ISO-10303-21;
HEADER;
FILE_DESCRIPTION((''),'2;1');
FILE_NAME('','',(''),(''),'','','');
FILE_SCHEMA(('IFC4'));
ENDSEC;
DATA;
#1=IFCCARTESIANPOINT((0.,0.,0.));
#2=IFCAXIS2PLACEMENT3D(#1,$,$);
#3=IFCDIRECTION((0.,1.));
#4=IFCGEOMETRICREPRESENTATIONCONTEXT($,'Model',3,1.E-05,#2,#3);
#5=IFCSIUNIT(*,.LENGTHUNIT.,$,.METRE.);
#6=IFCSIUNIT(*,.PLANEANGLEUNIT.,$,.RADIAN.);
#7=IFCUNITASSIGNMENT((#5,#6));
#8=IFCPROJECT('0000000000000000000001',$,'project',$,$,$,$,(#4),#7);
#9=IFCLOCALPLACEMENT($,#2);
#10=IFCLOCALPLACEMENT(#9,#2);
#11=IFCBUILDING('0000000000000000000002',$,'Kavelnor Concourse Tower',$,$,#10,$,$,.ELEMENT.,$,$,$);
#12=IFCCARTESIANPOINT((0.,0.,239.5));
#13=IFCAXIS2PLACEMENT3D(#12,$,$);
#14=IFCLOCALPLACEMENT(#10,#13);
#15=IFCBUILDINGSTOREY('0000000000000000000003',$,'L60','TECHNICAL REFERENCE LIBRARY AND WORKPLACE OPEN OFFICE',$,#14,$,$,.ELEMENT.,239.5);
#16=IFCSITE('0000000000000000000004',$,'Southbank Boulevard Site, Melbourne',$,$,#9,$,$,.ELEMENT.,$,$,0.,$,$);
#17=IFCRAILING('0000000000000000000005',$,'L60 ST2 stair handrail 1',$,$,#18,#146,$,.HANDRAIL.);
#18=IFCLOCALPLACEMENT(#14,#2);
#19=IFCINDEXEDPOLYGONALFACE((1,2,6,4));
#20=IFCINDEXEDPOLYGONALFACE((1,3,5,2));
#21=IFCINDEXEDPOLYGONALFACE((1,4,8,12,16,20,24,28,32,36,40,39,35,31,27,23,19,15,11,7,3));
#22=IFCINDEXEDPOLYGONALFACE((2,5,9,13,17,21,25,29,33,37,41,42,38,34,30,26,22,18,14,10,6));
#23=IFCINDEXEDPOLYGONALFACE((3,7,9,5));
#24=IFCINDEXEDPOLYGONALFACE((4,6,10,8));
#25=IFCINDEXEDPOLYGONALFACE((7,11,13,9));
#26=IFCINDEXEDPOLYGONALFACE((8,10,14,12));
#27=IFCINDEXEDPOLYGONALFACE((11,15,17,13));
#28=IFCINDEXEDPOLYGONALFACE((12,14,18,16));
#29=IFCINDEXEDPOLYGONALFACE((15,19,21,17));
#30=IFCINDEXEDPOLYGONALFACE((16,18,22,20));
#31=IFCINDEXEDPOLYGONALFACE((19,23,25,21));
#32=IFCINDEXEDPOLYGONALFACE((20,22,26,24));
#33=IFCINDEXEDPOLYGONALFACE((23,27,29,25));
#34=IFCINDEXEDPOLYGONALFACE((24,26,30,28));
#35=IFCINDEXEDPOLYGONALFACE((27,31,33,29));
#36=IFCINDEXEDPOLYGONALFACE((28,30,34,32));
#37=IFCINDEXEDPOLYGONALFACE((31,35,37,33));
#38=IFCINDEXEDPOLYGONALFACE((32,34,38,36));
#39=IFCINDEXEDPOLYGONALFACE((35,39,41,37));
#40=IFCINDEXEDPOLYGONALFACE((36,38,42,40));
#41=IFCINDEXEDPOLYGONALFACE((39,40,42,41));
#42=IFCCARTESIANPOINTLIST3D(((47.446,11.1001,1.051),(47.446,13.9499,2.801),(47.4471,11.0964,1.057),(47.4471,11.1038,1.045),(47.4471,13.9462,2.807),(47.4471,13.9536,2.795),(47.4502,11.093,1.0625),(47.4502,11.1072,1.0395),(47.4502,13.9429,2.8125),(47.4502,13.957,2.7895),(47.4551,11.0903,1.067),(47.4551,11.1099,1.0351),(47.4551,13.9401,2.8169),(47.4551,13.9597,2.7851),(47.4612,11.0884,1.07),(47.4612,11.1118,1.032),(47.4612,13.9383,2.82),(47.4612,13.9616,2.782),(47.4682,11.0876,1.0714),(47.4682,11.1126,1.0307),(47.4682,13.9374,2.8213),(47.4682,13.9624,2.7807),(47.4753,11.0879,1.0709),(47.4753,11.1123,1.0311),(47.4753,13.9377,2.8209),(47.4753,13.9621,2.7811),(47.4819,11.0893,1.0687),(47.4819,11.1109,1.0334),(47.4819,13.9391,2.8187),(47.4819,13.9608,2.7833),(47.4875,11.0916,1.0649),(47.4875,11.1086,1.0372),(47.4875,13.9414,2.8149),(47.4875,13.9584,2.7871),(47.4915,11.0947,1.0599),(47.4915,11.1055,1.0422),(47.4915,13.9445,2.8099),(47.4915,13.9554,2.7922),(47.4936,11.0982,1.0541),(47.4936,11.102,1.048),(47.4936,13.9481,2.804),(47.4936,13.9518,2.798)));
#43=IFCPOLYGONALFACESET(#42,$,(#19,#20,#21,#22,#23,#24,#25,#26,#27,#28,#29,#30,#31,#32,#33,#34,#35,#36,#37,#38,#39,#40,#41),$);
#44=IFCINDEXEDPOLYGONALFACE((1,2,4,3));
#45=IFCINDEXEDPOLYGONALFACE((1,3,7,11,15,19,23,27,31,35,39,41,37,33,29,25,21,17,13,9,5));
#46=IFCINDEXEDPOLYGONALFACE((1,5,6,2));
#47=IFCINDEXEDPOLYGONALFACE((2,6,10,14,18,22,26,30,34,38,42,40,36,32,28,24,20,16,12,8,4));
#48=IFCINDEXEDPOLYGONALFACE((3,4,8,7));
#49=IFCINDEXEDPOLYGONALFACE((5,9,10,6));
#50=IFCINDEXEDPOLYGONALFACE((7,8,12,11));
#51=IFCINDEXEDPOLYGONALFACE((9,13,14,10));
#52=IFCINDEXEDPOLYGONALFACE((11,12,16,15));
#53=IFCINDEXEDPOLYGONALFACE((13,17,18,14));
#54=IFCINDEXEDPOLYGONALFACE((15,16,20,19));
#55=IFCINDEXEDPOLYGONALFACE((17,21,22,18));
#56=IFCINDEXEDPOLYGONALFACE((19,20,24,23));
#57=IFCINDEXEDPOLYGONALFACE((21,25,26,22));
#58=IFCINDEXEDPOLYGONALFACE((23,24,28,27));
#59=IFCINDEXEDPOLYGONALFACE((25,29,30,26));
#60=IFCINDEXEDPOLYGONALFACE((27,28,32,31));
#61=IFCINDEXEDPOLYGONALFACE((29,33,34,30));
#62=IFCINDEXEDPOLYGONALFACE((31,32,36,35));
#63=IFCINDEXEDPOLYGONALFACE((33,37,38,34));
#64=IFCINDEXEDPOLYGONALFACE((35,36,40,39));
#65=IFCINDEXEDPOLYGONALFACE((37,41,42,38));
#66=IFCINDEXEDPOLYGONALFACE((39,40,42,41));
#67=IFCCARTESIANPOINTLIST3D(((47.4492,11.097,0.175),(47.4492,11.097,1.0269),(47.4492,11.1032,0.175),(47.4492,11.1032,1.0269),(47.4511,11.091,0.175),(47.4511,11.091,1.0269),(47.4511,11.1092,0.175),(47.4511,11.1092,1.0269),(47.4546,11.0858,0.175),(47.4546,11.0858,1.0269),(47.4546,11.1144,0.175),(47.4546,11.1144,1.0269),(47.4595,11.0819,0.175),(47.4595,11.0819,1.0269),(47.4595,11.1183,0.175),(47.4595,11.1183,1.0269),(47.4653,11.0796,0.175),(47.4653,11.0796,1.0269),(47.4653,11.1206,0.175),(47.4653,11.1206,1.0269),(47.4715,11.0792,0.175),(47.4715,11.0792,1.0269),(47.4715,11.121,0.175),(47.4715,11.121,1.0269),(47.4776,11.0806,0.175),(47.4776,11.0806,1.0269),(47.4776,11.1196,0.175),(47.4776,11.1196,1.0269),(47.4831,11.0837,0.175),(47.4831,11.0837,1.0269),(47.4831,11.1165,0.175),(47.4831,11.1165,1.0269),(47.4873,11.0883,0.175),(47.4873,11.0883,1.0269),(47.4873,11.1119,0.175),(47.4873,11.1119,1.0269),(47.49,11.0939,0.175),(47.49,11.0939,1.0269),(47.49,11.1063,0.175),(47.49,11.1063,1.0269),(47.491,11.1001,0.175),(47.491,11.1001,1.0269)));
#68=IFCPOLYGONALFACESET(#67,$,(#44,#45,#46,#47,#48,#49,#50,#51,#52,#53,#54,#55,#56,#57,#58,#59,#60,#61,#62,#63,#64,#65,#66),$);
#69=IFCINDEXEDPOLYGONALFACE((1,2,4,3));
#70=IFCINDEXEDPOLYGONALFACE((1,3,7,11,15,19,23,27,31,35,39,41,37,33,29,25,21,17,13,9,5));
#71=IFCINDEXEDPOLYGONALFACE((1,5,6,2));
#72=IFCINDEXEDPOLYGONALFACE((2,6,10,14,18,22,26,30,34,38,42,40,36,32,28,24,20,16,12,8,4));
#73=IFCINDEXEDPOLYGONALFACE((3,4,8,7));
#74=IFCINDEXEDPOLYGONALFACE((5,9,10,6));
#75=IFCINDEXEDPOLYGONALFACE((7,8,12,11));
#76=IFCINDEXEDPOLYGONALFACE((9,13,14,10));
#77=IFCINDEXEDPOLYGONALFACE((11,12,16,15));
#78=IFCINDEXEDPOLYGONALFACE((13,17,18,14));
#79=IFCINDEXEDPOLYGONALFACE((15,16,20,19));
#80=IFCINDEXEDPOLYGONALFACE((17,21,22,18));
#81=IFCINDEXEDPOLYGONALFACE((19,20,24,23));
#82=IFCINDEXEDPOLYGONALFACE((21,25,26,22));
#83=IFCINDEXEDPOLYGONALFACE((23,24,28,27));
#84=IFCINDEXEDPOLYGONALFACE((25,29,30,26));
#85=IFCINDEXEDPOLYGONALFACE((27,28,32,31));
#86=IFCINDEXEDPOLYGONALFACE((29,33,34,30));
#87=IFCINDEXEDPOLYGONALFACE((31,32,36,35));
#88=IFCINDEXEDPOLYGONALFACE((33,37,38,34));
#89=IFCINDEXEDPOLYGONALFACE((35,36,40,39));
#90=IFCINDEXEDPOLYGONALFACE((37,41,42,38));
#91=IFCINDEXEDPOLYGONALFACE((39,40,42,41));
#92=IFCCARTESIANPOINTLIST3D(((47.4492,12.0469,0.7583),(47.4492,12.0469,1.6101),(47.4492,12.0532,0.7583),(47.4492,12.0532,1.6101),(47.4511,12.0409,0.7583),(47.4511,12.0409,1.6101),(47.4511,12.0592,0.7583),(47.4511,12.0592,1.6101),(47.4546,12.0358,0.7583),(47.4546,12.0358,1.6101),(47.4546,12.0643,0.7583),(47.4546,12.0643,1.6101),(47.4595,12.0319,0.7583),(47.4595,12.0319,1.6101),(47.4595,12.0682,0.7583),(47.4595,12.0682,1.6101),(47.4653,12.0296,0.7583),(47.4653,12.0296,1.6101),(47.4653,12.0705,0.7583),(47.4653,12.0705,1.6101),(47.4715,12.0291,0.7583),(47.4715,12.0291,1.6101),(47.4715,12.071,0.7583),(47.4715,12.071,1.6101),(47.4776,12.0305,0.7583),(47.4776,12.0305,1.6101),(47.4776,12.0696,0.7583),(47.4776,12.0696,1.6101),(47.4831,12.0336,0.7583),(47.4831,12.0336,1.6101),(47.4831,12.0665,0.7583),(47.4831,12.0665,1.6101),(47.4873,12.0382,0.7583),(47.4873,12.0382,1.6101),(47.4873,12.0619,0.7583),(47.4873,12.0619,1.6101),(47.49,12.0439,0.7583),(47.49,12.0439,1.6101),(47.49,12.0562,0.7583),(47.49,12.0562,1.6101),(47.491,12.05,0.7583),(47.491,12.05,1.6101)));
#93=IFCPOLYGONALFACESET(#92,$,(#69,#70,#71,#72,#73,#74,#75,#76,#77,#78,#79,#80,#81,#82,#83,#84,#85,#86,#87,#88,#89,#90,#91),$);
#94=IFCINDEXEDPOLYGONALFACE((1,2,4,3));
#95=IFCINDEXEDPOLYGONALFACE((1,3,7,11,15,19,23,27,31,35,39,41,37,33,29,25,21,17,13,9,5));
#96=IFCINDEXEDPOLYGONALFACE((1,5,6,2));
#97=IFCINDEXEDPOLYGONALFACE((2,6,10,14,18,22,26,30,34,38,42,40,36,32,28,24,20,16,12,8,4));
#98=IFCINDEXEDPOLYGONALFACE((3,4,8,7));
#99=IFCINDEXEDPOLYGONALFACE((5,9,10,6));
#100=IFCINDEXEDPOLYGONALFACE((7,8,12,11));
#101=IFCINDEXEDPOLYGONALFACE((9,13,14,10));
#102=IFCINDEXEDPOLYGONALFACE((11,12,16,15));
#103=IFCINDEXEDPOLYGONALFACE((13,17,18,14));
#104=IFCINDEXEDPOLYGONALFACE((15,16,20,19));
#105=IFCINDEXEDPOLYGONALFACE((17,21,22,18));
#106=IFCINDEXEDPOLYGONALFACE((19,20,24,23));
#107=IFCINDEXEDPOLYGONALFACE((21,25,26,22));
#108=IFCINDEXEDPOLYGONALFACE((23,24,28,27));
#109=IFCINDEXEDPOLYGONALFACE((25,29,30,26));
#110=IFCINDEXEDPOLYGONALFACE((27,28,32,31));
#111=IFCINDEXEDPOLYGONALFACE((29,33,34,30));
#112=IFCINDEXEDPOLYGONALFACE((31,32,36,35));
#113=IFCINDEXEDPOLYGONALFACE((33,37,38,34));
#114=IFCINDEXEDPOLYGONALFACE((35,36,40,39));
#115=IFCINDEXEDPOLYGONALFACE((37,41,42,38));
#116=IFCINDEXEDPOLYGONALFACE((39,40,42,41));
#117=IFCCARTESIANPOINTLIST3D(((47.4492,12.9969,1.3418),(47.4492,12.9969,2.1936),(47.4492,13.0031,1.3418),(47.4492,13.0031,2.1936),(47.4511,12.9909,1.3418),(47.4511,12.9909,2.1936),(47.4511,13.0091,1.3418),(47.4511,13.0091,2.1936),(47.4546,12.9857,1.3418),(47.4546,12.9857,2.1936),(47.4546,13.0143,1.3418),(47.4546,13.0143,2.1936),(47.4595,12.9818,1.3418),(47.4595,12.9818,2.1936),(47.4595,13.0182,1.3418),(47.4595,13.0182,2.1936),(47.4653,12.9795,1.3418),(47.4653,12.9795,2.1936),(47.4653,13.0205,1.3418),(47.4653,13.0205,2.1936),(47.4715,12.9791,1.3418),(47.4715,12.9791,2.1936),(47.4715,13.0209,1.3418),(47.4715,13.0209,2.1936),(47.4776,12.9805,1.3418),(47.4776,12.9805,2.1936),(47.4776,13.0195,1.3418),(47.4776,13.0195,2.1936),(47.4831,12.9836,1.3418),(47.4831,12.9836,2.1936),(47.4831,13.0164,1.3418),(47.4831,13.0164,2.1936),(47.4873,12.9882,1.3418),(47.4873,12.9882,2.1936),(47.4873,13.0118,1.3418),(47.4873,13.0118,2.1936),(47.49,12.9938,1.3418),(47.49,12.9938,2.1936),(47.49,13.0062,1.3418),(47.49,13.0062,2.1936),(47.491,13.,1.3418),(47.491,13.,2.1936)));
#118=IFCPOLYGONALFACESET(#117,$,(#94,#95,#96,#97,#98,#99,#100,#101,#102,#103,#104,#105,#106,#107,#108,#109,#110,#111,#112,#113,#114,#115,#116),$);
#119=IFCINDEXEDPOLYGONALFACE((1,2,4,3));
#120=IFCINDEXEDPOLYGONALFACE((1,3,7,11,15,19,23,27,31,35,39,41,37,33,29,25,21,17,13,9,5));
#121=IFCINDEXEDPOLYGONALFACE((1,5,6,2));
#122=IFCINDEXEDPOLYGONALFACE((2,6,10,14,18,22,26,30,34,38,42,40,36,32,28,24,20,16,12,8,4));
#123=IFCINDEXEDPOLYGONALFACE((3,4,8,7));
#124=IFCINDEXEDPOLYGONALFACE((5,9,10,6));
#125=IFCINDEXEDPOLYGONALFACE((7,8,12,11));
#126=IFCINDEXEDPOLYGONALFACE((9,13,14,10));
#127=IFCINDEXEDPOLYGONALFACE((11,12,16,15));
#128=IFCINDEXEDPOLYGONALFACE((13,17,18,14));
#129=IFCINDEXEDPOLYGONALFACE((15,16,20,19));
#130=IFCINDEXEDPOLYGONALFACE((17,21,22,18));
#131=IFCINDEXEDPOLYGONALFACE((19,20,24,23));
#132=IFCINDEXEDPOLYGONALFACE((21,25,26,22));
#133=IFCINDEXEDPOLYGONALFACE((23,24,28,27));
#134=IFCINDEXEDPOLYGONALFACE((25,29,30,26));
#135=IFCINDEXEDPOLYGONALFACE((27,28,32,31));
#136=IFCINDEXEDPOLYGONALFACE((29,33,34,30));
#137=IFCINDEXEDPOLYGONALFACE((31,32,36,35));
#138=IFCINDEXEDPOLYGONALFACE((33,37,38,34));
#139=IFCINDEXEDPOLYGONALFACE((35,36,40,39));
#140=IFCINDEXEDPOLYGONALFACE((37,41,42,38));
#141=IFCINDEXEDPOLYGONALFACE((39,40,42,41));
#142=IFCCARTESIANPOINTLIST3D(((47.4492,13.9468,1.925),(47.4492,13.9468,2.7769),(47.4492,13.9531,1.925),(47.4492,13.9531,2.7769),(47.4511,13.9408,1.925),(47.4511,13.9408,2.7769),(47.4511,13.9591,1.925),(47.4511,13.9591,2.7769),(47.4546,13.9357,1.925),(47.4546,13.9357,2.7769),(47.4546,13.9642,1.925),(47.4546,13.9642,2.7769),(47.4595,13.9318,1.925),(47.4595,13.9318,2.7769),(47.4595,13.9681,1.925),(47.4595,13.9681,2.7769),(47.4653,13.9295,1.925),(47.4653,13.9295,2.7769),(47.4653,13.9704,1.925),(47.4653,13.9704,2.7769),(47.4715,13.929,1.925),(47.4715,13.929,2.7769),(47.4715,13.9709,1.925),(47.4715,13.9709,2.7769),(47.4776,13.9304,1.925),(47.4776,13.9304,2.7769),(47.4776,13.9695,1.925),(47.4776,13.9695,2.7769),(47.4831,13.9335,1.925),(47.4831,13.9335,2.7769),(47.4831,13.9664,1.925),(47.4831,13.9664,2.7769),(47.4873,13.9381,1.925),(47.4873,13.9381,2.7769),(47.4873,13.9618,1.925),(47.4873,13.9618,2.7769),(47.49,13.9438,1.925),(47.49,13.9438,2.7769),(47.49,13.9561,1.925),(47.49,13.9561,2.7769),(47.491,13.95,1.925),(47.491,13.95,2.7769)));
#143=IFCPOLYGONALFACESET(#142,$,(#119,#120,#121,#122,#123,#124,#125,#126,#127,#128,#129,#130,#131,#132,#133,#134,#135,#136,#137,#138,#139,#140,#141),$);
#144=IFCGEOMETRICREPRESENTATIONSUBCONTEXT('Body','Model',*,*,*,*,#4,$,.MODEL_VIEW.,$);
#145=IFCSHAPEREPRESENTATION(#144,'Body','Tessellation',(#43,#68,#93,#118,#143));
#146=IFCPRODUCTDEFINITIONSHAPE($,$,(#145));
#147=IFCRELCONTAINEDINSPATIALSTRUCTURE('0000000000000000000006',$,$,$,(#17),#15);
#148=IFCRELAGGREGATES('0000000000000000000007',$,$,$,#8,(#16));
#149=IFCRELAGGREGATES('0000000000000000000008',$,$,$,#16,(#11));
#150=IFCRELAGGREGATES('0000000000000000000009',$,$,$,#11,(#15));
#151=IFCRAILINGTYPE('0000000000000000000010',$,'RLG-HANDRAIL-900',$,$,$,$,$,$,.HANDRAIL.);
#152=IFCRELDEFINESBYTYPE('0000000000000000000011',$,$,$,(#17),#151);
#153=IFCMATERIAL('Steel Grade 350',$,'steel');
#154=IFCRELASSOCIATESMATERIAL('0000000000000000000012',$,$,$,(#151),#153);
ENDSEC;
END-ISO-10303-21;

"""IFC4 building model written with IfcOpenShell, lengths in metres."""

from ifc_helpers import new_model, si_unit, direction, frame, origin, origin_2d, place, context, subcontext, project, spatial, circle, extrude, material, type_object, element, save


model = new_model("IFC4")

# Units and contexts
model_context = context("Model", 3, precision=1e-05, world=origin(), true_north=direction((0.0, 1.0)))
body_context = subcontext(model_context, "Body", "Model", "MODEL_VIEW")
ifc_project = project(units=[si_unit("LENGTHUNIT", "METRE"), si_unit("PLANEANGLEUNIT", "RADIAN")], contexts=[model_context])

# Site, building, storey
site_placement = place(None, origin())
site = spatial("IfcSite", under=ifc_project, at=site_placement, Name="Southbank Boulevard Site, Melbourne", CompositionType="ELEMENT", RefElevation=0.0)
building_placement = place(site_placement, origin())
building = spatial("IfcBuilding", under=site, at=building_placement, Name="Kavelnor Concourse Tower", CompositionType="ELEMENT")
storey_placement = place(building_placement, frame((0.0, 0.0, 239.5)))
storey = spatial("IfcBuildingStorey", under=building, at=storey_placement, Name="L60", Description="TECHNICAL REFERENCE LIBRARY AND WORKPLACE OPEN OFFICE", CompositionType="ELEMENT", Elevation=239.5)

# Shared definitions
ifc_material_1 = material(Name="Steel Grade 350", Category="steel")

# Railing
railing_type_1 = type_object("IfcRailingType", Name="RLG-HANDRAIL-900", PredefinedType="HANDRAIL", material=ifc_material_1)
railing_1_placement = place(storey_placement, frame((47.47, 11.1001, 0.175)))
element("IfcRailing", 1, at=railing_1_placement, inside=storey, type_object=railing_type_1, Name="L60 ST2 stair handrail 1", PredefinedType="HANDRAIL", context=body_context, shape_type="SweptSolid", body=[
    extrude(circle(Radius=0.0239, at=origin_2d()), frame((0.0, 0.0, 0.876), z_axis=(0.0, 0.852159, 0.523283), x_axis=(-1.0, 0.0, 0.0)), (0.0, 0.0, 1.0), 3.3442),
    extrude(circle(Radius=0.021, at=origin_2d()), origin(), (0.0, 0.0, 1.0), 0.8518),
    extrude(circle(Radius=0.021, at=origin_2d()), frame((0.0, 0.95, 0.5833)), (0.0, 0.0, 1.0), 0.8518),
    extrude(circle(Radius=0.021, at=origin_2d()), frame((0.0, 1.8999, 1.1667)), (0.0, 0.0, 1.0), 0.8518),
    extrude(circle(Radius=0.021, at=origin_2d()), frame((0.0, 2.8499, 1.75)), (0.0, 0.0, 1.0), 0.8518),
])

save(model, "model.ifc")
